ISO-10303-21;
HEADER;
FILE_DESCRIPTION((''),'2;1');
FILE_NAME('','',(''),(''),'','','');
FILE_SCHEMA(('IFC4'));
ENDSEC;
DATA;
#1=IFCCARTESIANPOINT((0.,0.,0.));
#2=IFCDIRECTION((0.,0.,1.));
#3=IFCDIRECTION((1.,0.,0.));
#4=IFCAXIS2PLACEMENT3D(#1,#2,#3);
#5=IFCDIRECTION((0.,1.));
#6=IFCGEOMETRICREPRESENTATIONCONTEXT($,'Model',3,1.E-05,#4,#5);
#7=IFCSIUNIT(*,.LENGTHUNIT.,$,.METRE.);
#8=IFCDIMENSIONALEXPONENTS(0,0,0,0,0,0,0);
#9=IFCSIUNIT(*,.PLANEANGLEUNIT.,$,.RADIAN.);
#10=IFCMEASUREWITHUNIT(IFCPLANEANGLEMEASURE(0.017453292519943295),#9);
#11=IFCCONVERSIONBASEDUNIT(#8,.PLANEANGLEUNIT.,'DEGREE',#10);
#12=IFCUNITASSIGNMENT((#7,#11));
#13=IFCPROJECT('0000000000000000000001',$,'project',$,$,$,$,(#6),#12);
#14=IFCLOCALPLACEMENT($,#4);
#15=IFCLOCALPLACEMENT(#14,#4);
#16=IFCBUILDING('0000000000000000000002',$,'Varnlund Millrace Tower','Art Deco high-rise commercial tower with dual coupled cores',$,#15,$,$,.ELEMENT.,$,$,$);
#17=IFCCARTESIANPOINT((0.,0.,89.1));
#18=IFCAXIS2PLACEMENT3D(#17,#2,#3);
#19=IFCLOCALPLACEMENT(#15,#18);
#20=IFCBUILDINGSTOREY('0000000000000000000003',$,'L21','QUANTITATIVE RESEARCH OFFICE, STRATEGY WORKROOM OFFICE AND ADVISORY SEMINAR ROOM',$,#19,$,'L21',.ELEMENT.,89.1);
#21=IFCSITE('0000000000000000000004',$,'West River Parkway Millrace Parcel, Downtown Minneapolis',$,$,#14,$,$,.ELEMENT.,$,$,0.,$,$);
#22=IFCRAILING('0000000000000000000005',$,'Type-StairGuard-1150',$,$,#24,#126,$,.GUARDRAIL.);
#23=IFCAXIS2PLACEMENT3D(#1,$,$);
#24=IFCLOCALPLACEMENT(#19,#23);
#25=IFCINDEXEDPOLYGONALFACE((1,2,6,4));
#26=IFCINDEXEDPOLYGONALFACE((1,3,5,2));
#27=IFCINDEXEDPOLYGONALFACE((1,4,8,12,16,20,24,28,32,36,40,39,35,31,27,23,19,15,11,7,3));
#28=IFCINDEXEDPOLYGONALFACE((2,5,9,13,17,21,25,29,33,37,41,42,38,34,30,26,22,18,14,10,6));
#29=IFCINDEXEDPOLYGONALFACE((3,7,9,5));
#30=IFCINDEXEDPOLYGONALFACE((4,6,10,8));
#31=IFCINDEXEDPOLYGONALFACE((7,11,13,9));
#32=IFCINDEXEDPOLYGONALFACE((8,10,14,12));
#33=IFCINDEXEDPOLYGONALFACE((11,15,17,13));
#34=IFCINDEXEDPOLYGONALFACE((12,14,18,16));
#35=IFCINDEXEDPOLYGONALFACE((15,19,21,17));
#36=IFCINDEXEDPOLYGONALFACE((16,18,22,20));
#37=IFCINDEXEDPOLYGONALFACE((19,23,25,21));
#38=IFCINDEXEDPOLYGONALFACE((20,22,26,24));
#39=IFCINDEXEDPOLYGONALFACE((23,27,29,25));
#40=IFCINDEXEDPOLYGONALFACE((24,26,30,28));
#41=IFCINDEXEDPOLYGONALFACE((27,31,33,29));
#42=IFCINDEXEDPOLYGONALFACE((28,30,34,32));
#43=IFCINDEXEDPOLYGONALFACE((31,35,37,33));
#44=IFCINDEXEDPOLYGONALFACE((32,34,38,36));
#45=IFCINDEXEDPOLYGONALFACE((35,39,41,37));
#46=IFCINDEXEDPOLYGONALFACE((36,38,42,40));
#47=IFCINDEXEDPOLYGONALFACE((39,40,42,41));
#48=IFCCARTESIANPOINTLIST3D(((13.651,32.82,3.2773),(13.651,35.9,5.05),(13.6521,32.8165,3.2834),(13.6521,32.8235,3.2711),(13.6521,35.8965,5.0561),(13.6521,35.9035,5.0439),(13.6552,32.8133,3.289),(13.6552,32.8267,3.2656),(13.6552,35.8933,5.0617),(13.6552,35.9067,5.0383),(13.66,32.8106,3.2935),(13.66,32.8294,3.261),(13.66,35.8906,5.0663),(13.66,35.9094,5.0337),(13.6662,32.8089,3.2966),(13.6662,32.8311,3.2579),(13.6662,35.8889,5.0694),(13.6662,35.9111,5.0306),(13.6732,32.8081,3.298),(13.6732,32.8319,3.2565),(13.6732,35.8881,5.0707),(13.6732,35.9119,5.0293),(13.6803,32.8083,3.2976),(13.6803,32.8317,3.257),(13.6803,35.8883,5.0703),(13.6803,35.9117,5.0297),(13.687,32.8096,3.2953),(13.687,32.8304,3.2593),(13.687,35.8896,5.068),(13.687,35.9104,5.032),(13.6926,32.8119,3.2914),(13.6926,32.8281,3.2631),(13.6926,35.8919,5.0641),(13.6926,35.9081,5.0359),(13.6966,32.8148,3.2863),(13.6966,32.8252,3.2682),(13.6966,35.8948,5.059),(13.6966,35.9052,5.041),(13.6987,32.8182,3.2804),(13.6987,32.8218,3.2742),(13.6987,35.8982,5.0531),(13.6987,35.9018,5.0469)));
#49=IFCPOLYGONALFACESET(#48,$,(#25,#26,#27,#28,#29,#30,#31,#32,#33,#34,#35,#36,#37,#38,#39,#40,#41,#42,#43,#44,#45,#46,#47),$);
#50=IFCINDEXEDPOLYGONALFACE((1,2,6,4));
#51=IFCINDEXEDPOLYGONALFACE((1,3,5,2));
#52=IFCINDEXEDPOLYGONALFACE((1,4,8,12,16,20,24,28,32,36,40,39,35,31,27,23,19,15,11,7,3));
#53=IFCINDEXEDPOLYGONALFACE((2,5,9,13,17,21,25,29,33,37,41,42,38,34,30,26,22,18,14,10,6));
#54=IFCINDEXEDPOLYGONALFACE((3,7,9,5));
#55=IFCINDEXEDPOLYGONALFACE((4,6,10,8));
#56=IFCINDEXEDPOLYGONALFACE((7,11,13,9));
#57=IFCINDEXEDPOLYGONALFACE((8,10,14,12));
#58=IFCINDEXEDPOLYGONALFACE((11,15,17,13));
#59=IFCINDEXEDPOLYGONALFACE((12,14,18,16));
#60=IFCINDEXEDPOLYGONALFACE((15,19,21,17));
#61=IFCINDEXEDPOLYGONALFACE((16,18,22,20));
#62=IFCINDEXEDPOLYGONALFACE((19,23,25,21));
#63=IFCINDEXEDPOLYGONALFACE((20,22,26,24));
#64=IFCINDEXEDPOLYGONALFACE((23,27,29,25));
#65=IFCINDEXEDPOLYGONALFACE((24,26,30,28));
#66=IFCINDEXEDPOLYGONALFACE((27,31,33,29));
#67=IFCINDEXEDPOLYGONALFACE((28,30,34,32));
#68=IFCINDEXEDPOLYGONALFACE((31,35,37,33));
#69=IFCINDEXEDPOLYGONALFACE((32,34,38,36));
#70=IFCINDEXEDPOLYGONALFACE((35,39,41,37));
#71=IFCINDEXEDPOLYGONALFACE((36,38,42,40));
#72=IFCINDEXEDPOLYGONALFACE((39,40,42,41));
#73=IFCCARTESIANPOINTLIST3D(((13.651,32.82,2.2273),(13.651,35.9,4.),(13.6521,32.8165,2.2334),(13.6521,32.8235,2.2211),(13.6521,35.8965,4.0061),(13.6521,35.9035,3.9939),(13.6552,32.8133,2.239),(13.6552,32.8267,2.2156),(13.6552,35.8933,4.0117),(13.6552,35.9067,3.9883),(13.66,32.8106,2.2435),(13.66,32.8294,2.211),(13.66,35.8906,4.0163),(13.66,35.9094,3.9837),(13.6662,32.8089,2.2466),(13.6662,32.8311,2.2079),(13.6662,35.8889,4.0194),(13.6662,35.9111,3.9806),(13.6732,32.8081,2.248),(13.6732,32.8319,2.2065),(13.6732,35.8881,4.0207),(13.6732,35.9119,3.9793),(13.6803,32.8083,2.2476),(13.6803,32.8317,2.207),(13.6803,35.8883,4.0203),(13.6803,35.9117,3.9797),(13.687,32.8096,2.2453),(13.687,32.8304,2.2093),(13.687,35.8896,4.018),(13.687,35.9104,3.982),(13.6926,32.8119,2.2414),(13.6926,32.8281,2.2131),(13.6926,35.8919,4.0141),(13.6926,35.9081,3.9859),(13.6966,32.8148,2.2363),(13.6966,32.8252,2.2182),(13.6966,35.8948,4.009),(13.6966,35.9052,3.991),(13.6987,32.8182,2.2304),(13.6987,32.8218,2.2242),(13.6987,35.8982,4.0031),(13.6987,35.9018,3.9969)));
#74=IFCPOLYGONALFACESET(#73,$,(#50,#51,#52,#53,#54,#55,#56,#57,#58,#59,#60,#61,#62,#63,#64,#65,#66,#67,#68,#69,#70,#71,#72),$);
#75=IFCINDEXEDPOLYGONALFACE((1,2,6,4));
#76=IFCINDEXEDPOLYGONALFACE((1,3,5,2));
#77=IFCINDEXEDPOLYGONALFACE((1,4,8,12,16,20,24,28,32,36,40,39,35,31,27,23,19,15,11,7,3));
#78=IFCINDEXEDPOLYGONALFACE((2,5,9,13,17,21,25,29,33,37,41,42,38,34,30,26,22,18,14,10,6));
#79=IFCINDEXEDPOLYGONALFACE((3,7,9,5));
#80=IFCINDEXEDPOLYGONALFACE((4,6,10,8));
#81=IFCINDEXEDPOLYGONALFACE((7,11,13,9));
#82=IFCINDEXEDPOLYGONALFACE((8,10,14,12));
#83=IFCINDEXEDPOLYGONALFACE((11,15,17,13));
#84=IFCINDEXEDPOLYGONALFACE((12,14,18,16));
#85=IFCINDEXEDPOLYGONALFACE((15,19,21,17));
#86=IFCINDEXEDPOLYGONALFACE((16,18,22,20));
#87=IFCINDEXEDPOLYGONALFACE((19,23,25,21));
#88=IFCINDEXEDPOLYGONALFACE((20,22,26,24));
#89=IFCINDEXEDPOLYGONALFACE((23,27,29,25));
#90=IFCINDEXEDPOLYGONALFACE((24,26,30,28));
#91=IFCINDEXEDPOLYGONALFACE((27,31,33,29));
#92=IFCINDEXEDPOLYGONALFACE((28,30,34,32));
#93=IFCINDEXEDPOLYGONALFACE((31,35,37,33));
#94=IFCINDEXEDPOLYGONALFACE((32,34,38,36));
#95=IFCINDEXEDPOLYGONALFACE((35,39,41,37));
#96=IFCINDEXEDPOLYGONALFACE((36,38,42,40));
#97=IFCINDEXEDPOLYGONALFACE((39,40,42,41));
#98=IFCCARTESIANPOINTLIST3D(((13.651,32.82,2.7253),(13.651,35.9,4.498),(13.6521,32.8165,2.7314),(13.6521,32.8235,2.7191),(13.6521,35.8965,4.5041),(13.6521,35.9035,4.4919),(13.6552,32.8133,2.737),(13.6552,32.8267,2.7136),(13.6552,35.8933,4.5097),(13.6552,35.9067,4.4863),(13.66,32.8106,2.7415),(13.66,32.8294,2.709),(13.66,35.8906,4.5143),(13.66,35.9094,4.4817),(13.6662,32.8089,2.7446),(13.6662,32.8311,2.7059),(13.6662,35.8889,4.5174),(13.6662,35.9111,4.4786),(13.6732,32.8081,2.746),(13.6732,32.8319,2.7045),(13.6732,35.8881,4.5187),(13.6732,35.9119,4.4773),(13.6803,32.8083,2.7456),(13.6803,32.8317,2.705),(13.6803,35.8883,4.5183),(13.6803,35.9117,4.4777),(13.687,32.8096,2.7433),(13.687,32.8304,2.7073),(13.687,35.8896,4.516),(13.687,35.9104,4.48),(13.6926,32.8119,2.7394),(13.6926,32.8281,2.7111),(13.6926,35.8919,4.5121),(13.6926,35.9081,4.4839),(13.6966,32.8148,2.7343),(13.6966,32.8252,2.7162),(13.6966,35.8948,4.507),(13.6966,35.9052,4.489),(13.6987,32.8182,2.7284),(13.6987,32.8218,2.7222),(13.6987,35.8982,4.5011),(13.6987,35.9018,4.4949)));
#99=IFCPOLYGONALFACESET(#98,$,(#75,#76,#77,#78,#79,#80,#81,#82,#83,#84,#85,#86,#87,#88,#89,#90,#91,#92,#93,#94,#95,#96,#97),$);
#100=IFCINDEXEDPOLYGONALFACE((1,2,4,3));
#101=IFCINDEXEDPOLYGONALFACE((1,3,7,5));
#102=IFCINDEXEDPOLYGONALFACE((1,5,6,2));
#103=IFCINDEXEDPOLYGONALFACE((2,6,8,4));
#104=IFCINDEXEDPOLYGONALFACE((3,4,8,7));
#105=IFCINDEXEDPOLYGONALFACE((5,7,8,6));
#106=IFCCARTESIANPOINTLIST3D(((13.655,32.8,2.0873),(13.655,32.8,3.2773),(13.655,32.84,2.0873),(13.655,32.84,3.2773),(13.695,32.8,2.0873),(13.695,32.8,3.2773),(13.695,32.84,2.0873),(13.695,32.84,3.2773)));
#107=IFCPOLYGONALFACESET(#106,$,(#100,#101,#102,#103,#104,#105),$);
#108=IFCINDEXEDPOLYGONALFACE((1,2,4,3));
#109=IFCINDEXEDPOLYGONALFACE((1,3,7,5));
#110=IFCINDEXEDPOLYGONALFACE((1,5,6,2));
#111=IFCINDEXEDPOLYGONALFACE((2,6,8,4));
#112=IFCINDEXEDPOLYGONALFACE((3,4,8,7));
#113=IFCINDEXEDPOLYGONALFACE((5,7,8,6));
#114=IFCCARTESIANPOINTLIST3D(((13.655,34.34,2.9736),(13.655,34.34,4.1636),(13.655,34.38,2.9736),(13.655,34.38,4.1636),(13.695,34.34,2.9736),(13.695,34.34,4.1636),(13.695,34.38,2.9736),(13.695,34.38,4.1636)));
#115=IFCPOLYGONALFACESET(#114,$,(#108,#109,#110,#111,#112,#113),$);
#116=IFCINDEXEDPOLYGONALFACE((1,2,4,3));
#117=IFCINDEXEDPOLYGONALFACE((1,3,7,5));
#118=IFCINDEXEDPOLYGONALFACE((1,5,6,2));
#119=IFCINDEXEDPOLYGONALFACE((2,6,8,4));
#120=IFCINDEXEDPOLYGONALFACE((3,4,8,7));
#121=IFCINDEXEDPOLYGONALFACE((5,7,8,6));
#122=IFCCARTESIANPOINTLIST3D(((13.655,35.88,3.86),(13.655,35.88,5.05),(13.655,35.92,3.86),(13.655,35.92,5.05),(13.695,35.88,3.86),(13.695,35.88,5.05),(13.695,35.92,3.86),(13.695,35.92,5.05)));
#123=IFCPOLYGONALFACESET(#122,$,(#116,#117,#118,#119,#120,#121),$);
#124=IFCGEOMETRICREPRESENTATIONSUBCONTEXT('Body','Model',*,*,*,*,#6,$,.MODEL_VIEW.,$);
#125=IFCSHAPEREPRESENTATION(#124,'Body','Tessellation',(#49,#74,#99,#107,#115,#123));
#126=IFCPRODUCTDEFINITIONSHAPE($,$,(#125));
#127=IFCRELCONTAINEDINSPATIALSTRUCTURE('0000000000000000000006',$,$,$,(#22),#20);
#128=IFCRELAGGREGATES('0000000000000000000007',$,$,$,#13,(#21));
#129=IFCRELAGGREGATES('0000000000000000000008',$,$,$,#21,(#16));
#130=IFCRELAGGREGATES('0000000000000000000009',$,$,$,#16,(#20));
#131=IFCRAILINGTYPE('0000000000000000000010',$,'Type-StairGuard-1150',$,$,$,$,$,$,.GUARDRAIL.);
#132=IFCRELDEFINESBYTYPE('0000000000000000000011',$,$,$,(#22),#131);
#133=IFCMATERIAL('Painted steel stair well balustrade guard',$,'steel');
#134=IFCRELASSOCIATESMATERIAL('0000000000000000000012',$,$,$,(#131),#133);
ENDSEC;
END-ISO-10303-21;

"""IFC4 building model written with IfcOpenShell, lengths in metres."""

from ifc_helpers import new_model, entity, si_unit, converted_unit, direction, frame, origin_with_axes, origin_2d_with_axis, place, context, subcontext, project, spatial, rectangle, circle, extrude, material, type_object, element, save


model = new_model("IFC4")

# Units and contexts
model_context = context("Model", 3, precision=1e-05, world=origin_with_axes(), true_north=direction((0.0, 1.0)))
body_context = subcontext(model_context, "Body", "Model", "MODEL_VIEW")
ifc_project = project(units=[si_unit("LENGTHUNIT", "METRE"), converted_unit("PLANEANGLEUNIT", "DEGREE", entity("IfcPlaneAngleMeasure", 0.017453292519943295), si_unit("PLANEANGLEUNIT", "RADIAN"), dimensions=[0, 0, 0, 0, 0, 0, 0])], contexts=[model_context])

# Site, building, storey
site_placement = place(None, origin_with_axes())
site = spatial("IfcSite", under=ifc_project, at=site_placement, Name="West River Parkway Millrace Parcel, Downtown Minneapolis", CompositionType="ELEMENT", RefElevation=0.0)
building_placement = place(site_placement, origin_with_axes())
building = spatial("IfcBuilding", under=site, at=building_placement, Name="Varnlund Millrace Tower", Description="Art Deco high-rise commercial tower with dual coupled cores", CompositionType="ELEMENT")
storey_placement = place(building_placement, frame((0.0, 0.0, 89.1), z_axis=(0.0, 0.0, 1.0), x_axis=(1.0, 0.0, 0.0)))
storey = spatial("IfcBuildingStorey", under=building, at=storey_placement, Name="L21", Description="QUANTITATIVE RESEARCH OFFICE, STRATEGY WORKROOM OFFICE AND ADVISORY SEMINAR ROOM", LongName="L21", CompositionType="ELEMENT", Elevation=89.1)

# Railing
ifc_material_1 = material(Name="Painted steel stair well balustrade guard", Category="steel")
railing_type_1 = type_object("IfcRailingType", Name="Type-StairGuard-1150", PredefinedType="GUARDRAIL", material=ifc_material_1)
railing_1_placement = place(storey_placement, frame((0.0, 0.0, -89.1), z_axis=(0.0, 0.0, 1.0), x_axis=(1.0, 0.0, 0.0)))
element("IfcRailing", 1, at=railing_1_placement, inside=storey, type_object=railing_type_1, Name="Type-StairGuard-1150", PredefinedType="GUARDRAIL", context=body_context, shape_type="SweptSolid", body=[
    extrude(circle(Radius=0.024, at=origin_2d_with_axis()), frame((13.675, 32.82, 92.3773), z_axis=(0.0, 0.866696, 0.498836), x_axis=(-1.0, 0.0, 0.0)), (0.0, 0.0, 1.0), 3.5537),
    extrude(circle(Radius=0.024, at=origin_2d_with_axis()), frame((13.675, 32.82, 91.3273), z_axis=(0.0, 0.866696, 0.498836), x_axis=(-1.0, 0.0, 0.0)), (0.0, 0.0, 1.0), 3.5537),
    extrude(circle(Radius=0.024, at=origin_2d_with_axis()), frame((13.675, 32.82, 91.8253), z_axis=(0.0, 0.866696, 0.498836), x_axis=(-1.0, 0.0, 0.0)), (0.0, 0.0, 1.0), 3.5537),
    extrude(rectangle(XDim=0.04, YDim=0.04, at=origin_2d_with_axis()), frame((13.675, 32.82, 91.1873), z_axis=(0.0, 0.0, 1.0), x_axis=(1.0, 0.0, 0.0)), (0.0, 0.0, 1.0), 1.19),
    extrude(rectangle(XDim=0.04, YDim=0.04, at=origin_2d_with_axis()), frame((13.675, 34.36, 92.0736), z_axis=(0.0, 0.0, 1.0), x_axis=(1.0, 0.0, 0.0)), (0.0, 0.0, 1.0), 1.19),
    extrude(rectangle(XDim=0.04, YDim=0.04, at=origin_2d_with_axis()), frame((13.675, 35.9, 92.96), z_axis=(0.0, 0.0, 1.0), x_axis=(1.0, 0.0, 0.0)), (0.0, 0.0, 1.0), 1.19),
])

save(model, "model.ifc")
